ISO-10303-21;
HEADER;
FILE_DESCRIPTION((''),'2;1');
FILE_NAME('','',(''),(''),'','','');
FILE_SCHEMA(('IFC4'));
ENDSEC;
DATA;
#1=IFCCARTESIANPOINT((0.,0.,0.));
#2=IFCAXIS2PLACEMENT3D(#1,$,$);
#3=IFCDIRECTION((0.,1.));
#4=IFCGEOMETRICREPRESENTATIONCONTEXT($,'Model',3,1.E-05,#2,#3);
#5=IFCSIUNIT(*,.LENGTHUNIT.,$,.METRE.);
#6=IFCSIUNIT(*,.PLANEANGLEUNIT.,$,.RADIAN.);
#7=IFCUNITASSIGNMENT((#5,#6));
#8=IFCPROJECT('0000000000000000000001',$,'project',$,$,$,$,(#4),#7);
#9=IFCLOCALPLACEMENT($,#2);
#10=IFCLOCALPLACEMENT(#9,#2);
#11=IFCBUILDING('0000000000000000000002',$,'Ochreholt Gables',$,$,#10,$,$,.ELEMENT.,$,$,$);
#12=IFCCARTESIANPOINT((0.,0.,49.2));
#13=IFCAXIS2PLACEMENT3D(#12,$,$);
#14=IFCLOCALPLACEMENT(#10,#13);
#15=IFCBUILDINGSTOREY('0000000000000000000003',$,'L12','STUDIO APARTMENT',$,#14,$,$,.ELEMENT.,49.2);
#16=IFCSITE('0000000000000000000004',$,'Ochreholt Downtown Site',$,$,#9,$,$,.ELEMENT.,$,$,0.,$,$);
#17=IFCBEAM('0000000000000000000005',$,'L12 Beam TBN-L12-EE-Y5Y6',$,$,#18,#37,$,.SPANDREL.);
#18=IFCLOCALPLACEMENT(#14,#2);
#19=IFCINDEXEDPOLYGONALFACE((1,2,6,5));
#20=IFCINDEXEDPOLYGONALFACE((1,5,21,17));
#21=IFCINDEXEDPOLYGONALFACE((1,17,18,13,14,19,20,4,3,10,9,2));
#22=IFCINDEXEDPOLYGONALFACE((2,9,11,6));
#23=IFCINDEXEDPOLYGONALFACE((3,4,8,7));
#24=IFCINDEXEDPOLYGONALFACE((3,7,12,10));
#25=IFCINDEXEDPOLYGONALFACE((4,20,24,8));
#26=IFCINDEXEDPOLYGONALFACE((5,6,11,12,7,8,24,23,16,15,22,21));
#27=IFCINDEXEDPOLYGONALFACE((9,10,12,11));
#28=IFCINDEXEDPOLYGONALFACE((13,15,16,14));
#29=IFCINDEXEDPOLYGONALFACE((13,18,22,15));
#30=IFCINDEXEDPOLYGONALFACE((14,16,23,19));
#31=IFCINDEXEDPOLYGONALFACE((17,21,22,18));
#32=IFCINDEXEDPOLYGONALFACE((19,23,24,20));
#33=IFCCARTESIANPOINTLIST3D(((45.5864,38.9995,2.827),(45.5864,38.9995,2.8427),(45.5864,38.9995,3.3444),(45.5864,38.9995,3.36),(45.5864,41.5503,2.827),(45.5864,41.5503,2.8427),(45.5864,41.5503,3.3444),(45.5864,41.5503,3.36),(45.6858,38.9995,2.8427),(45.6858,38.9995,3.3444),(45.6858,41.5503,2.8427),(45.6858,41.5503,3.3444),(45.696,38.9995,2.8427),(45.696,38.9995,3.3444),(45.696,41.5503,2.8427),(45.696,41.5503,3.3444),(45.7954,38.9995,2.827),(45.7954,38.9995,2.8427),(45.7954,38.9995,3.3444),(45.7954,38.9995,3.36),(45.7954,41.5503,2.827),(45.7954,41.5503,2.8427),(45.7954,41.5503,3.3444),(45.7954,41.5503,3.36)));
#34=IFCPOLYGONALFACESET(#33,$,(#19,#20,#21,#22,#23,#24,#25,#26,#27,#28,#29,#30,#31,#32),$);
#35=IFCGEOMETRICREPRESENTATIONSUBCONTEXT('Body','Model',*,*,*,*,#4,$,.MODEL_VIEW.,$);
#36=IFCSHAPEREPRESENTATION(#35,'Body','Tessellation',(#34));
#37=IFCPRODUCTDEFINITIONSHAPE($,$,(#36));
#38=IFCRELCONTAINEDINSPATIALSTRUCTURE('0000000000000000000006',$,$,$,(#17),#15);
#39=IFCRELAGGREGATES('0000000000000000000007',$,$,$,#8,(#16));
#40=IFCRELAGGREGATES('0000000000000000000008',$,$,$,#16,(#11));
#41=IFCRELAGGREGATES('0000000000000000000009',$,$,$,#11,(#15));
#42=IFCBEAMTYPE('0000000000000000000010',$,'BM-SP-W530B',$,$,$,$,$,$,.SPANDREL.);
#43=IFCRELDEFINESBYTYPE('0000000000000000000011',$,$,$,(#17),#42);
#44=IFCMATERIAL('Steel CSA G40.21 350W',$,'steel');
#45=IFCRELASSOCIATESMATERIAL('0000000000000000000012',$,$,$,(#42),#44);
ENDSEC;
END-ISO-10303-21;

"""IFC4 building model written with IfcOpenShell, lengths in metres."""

from ifc_helpers import new_model, si_unit, direction, frame, origin, origin_2d, place, context, subcontext, project, spatial, i_section, extrude, material, material_profile, profile_set, type_object, element, save


model = new_model("IFC4")

# Units and contexts
model_context = context("Model", 3, precision=1e-05, world=origin(), true_north=direction((0.0, 1.0)))
body_context = subcontext(model_context, "Body", "Model", "MODEL_VIEW")
ifc_project = project(units=[si_unit("LENGTHUNIT", "METRE"), si_unit("PLANEANGLEUNIT", "RADIAN")], contexts=[model_context])

# Site, building, storey
site_placement = place(None, origin())
site = spatial("IfcSite", under=ifc_project, at=site_placement, Name="Ochreholt Downtown Site", CompositionType="ELEMENT", RefElevation=0.0)
building_placement = place(site_placement, origin())
building = spatial("IfcBuilding", under=site, at=building_placement, Name="Ochreholt Gables", CompositionType="ELEMENT")
storey_placement = place(building_placement, frame((0.0, 0.0, 49.2)))
storey = spatial("IfcBuildingStorey", under=building, at=storey_placement, Name="L12", Description="STUDIO APARTMENT", CompositionType="ELEMENT", Elevation=49.2)

# Shared definitions
ifc_material_1 = material(Name="Steel CSA G40.21 350W", Category="steel")

# Beam
ifc_material_profile_1 = material_profile(ifc_material_1, i_section(OverallWidth=0.209, OverallDepth=0.533, WebThickness=0.0103, FlangeThickness=0.0156, at=origin_2d()), Name="W530X92")
ifc_profile_set_1 = profile_set([ifc_material_profile_1], Name="Steel CSA G40.21 350W")
beam_type_1 = type_object("IfcBeamType", Name="BM-SP-W530B", PredefinedType="SPANDREL", material=ifc_profile_set_1)
beam_1_placement = place(storey_placement, frame((45.6909, 38.9995, 3.0935), z_axis=(0.0, 1.0, 0.0), x_axis=(-1.0, 0.0, 0.0)))
element("IfcBeam", 1, at=beam_1_placement, inside=storey, type_object=beam_type_1, Name="L12 Beam TBN-L12-EE-Y5Y6", PredefinedType="SPANDREL", context=body_context, shape_type="SweptSolid", body=[
    extrude(i_section(OverallWidth=0.209, OverallDepth=0.533, WebThickness=0.0103, FlangeThickness=0.0156, at=origin_2d()), origin(), (0.0, 0.0, 1.0), 2.5508),
])

save(model, "model.ifc")
